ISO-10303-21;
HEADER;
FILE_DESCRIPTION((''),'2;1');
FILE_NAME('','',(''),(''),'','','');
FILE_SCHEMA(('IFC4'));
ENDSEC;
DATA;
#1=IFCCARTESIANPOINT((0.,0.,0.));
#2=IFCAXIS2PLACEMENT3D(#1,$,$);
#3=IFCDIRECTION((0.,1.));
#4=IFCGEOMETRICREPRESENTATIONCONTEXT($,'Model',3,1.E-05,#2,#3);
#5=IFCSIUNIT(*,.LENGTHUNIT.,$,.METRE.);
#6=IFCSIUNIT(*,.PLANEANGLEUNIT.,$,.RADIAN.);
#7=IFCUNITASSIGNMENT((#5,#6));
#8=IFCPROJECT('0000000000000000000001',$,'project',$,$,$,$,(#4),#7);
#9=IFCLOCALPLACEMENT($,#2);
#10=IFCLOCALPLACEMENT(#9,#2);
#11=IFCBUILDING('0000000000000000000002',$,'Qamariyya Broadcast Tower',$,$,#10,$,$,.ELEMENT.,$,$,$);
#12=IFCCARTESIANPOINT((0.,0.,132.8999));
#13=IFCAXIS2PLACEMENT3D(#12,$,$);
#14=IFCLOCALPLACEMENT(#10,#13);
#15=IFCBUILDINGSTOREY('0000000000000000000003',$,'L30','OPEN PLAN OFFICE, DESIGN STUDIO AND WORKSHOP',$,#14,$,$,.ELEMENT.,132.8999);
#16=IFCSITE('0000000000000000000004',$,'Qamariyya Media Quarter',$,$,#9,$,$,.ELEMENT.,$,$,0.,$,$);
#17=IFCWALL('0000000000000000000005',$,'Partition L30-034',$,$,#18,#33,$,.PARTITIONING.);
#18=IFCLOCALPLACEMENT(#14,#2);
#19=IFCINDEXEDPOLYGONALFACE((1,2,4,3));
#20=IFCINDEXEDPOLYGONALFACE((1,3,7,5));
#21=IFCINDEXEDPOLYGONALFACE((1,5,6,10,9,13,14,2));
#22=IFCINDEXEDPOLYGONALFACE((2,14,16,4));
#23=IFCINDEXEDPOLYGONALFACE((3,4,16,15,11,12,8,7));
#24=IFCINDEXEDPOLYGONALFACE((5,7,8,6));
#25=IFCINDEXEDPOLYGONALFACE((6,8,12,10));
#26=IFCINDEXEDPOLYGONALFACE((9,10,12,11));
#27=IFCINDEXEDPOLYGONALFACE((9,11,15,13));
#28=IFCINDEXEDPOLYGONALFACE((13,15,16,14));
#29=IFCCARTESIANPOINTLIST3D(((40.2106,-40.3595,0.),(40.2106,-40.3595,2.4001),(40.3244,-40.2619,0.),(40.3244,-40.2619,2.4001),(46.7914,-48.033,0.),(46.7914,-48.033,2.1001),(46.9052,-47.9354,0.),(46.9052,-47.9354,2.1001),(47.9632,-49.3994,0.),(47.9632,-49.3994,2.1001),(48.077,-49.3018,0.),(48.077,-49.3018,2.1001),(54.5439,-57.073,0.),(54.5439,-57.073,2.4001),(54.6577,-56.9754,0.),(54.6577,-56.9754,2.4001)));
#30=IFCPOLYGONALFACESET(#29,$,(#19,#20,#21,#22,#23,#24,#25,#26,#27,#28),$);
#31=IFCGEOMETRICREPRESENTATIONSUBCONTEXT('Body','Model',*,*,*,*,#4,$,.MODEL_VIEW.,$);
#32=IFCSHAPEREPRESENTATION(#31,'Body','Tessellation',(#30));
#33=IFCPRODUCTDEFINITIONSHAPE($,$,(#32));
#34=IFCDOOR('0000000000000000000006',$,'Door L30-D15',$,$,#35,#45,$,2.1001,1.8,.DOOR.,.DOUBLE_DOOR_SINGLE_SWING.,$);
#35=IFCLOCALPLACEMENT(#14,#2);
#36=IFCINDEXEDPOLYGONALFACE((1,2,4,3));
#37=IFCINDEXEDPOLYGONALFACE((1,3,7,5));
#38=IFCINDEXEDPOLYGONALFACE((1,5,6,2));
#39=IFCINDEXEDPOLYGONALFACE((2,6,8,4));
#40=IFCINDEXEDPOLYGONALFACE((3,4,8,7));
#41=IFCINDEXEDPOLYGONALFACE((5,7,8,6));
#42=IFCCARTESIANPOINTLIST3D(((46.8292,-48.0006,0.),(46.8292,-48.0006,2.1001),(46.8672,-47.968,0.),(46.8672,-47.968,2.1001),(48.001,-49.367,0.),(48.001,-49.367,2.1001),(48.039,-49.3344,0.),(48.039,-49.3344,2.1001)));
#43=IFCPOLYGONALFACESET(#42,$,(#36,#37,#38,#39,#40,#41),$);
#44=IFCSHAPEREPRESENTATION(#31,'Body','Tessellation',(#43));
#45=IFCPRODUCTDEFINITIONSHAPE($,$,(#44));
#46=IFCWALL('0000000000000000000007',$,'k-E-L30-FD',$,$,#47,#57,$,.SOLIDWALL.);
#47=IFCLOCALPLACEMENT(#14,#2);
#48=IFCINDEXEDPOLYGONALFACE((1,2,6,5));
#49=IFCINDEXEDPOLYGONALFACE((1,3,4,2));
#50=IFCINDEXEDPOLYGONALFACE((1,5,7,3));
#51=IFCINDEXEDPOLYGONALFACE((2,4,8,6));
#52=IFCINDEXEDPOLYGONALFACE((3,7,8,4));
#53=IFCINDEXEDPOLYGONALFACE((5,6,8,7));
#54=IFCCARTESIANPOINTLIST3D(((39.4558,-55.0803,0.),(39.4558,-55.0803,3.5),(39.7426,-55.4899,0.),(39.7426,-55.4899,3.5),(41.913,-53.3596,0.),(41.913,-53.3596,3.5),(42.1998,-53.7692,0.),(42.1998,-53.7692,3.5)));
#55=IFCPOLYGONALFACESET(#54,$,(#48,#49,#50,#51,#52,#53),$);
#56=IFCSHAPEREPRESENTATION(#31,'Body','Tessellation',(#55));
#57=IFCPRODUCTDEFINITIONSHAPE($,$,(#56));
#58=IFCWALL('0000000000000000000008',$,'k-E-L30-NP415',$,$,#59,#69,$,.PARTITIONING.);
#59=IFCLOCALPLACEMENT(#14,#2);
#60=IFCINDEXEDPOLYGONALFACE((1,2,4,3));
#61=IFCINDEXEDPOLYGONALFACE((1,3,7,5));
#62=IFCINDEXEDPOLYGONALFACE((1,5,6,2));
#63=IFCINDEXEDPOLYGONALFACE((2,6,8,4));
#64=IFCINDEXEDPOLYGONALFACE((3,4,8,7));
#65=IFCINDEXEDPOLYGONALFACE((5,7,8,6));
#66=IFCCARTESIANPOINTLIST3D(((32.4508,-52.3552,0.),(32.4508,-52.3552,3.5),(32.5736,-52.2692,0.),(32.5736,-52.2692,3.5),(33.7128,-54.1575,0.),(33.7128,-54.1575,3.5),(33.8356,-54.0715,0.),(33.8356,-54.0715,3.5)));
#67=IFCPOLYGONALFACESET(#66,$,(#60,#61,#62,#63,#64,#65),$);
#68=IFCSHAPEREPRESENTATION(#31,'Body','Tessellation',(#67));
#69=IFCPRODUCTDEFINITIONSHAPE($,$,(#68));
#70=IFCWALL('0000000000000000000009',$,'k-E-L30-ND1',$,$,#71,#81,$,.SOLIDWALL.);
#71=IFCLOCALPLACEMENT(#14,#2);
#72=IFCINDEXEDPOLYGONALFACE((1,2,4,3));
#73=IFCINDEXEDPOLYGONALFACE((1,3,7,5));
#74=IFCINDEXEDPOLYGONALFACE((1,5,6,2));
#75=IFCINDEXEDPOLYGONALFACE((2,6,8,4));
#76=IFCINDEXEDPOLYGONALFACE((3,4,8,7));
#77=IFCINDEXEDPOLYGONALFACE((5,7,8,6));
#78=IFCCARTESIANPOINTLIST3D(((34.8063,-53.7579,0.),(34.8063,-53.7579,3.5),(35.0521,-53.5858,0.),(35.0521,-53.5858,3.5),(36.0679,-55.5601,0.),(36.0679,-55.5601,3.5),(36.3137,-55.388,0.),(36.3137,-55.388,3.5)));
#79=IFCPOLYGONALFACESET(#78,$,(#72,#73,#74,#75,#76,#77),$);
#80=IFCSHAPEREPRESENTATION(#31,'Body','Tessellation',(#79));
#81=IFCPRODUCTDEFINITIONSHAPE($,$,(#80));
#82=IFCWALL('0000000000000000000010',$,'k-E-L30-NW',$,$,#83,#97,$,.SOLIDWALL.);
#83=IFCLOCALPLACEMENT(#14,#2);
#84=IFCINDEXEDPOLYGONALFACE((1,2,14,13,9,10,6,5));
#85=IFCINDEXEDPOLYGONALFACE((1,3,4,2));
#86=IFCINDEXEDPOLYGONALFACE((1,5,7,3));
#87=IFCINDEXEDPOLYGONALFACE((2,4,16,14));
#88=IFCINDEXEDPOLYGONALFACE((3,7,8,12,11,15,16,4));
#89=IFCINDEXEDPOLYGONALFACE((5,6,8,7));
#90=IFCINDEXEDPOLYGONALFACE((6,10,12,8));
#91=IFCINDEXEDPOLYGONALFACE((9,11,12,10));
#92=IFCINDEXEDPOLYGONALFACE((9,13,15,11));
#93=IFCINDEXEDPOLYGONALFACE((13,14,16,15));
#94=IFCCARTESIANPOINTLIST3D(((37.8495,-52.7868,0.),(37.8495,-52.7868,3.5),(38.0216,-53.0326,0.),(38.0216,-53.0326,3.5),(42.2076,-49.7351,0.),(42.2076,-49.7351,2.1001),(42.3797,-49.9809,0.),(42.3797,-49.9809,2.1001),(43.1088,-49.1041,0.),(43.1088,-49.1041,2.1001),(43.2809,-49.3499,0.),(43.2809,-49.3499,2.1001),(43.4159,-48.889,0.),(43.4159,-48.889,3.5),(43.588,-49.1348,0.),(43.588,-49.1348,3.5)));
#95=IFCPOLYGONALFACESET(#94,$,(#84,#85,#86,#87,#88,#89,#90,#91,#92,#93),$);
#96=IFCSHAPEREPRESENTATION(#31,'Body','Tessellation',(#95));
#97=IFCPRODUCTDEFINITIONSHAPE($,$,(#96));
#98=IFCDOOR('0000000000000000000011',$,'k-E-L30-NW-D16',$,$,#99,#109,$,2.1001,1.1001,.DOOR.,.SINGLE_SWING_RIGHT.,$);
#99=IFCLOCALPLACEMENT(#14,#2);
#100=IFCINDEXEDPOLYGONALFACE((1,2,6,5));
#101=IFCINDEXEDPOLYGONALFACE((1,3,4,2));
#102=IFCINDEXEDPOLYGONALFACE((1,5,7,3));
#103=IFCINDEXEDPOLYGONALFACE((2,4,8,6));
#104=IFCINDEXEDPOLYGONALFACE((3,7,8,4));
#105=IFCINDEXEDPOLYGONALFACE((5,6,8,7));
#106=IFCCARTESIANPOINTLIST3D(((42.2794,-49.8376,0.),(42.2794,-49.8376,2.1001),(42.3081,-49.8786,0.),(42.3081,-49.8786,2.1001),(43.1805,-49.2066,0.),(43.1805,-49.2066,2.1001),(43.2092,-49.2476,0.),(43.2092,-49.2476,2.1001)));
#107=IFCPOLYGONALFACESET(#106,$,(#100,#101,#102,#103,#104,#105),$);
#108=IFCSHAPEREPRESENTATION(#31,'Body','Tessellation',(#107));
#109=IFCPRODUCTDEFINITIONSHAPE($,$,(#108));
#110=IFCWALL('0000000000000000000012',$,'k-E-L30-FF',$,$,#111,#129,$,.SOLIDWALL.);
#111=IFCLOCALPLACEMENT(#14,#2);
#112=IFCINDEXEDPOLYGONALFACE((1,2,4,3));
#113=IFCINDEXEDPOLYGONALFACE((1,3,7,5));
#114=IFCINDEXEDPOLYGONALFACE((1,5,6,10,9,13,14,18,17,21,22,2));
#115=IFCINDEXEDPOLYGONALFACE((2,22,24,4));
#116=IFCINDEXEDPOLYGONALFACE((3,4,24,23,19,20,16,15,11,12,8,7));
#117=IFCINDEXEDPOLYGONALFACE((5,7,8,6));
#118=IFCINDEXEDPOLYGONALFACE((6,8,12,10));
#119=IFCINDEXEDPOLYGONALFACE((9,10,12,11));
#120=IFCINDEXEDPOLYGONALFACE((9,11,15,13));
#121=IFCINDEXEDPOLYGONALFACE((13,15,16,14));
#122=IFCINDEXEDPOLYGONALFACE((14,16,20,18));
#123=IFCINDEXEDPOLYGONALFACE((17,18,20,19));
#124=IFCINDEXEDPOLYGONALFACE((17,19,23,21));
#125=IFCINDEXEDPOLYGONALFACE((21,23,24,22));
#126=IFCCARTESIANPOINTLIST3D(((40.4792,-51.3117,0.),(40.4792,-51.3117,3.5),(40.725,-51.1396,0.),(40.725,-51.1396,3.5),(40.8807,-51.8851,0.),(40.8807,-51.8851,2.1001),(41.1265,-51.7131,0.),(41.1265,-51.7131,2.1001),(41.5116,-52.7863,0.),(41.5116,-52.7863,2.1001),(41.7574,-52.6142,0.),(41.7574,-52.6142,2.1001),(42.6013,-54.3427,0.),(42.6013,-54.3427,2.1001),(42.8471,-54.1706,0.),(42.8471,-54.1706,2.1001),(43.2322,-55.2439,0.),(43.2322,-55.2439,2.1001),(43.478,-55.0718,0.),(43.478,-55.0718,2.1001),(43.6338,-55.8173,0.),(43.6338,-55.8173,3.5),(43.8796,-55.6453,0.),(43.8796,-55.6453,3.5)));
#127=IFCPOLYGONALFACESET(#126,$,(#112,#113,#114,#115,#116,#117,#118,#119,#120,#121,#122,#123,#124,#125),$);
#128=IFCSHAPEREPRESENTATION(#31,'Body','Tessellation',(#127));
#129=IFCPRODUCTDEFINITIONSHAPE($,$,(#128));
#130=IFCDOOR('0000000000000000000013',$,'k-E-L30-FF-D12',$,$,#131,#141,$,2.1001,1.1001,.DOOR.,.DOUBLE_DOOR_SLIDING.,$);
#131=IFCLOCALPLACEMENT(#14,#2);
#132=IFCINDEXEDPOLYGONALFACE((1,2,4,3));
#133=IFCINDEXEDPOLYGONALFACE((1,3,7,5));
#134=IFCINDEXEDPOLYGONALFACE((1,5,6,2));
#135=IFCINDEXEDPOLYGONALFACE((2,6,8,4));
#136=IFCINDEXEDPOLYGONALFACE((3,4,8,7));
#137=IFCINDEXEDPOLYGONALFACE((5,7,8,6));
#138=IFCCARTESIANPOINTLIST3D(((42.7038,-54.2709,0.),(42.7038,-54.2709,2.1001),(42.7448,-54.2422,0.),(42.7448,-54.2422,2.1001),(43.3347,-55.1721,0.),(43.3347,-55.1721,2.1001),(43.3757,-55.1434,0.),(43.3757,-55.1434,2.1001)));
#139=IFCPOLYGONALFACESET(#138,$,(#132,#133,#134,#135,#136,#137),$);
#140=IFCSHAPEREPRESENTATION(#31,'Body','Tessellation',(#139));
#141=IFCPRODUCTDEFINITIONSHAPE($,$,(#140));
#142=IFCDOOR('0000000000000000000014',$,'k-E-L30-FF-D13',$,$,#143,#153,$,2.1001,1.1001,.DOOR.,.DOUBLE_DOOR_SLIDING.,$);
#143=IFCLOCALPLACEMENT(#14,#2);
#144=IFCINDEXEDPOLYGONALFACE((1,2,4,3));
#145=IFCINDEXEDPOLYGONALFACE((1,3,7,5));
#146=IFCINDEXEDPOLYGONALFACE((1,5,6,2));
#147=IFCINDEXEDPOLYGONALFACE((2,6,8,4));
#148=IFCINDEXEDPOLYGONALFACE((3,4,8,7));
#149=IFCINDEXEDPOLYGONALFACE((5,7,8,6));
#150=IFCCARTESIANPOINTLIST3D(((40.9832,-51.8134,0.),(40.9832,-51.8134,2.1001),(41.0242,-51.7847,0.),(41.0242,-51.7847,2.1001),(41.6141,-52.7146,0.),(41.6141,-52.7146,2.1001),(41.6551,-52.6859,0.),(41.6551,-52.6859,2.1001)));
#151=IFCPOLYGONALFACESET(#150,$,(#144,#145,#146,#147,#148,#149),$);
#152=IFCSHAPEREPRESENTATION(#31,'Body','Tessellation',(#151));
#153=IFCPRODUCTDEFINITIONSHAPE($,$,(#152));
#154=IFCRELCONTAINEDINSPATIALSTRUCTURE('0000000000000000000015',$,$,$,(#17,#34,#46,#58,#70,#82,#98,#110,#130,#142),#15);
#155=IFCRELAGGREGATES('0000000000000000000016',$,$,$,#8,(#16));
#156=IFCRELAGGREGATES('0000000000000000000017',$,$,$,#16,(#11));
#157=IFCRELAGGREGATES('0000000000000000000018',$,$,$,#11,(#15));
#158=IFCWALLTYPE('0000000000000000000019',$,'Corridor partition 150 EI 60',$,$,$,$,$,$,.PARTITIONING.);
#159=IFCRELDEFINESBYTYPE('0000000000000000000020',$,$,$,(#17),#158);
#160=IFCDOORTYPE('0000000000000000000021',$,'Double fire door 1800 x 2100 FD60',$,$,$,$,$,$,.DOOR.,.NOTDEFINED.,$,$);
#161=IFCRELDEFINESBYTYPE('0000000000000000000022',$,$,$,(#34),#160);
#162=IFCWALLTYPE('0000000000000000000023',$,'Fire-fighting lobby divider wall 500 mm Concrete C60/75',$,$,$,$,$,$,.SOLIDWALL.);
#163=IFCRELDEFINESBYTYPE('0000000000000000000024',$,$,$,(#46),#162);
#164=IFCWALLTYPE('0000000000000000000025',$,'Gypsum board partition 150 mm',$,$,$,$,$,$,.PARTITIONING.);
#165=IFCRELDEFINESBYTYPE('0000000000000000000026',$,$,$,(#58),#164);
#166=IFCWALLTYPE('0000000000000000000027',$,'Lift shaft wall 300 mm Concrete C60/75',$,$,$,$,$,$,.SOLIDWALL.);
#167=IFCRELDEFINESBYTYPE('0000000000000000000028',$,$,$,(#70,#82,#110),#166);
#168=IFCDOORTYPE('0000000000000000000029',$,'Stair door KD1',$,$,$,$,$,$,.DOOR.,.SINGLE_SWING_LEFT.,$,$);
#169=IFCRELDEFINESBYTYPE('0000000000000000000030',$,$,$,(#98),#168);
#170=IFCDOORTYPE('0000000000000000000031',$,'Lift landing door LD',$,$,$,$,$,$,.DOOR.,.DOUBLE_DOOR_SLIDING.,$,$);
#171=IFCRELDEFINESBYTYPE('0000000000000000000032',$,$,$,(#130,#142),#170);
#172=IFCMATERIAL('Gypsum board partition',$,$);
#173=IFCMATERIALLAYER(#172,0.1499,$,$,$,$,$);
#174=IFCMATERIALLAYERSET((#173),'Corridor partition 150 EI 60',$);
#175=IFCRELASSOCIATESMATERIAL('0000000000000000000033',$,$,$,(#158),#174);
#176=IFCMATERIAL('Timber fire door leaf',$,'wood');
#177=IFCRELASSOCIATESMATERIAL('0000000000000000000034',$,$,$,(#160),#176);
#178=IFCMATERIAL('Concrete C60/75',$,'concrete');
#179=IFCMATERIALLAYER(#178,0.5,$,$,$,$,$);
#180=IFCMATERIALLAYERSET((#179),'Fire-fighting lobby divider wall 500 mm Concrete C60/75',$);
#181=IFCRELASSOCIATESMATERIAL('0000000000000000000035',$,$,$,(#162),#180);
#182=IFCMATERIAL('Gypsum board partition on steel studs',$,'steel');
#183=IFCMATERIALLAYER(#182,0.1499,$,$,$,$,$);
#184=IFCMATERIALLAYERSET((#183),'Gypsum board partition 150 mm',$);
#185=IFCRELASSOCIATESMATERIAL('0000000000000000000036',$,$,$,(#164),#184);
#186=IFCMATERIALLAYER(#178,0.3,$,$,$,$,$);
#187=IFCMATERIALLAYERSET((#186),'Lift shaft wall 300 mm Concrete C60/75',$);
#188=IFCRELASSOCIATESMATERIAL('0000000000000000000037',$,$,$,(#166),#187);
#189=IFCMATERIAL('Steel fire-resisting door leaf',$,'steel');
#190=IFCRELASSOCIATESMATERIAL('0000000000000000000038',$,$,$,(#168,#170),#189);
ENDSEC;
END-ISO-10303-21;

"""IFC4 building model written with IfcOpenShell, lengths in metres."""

from ifc_helpers import new_model, si_unit, direction, frame, frame_2d, origin, place, context, subcontext, project, spatial, rectangle, extrude, material, layer, layer_set, type_object, element, fill, save


model = new_model("IFC4")

# Units and contexts
model_context = context("Model", 3, precision=1e-05, world=origin(), true_north=direction((0.0, 1.0)))
body_context = subcontext(model_context, "Body", "Model", "MODEL_VIEW")
ifc_project = project(units=[si_unit("LENGTHUNIT", "METRE"), si_unit("PLANEANGLEUNIT", "RADIAN")], contexts=[model_context])

# Site, building, storey
site_placement = place(None, origin())
site = spatial("IfcSite", under=ifc_project, at=site_placement, Name="Qamariyya Media Quarter", CompositionType="ELEMENT", RefElevation=0.0)
building_placement = place(site_placement, origin())
building = spatial("IfcBuilding", under=site, at=building_placement, Name="Qamariyya Broadcast Tower", CompositionType="ELEMENT")
storey_placement = place(building_placement, frame((0.0, 0.0, 132.8999)))
storey = spatial("IfcBuildingStorey", under=building, at=storey_placement, Name="L30", Description="OPEN PLAN OFFICE, DESIGN STUDIO AND WORKSHOP", CompositionType="ELEMENT", Elevation=132.8999)

# Wall, opening, door
ifc_material_1 = material(Name="Gypsum board partition")
ifc_layer_1 = layer(ifc_material_1, 0.1499)
ifc_layer_set_1 = layer_set([ifc_layer_1], Name="Corridor partition 150 EI 60")
wall_type_1 = type_object("IfcWallType", Name="Corridor partition 150 EI 60", PredefinedType="PARTITIONING", material=ifc_layer_set_1)
wall_1_placement = place(storey_placement, frame((40.2676, -40.3108, 0.0), z_axis=(0.0, 0.0, 1.0), x_axis=(0.650988, -0.759088, 0.0)))
wall_1 = element("IfcWall", 1, at=wall_1_placement, inside=storey, type_object=wall_type_1, Name="Partition L30-034", PredefinedType="PARTITIONING", context=body_context, shape_type="SweptSolid", body=[
    extrude(rectangle(XDim=22.0178, YDim=0.1499, at=frame_2d((11.0088, 0.0))), origin(), (0.0, 0.0, 1.0), 2.4001),
])
opening_1_placement = place(wall_1_placement, frame((10.1089, 0.0, 0.0)))
opening_1 = element("IfcOpeningElement", 2, at=opening_1_placement, cuts=wall_1, PredefinedType="OPENING", context=body_context, shape_type="SweptSolid", body=[
    extrude(rectangle(XDim=1.8, YDim=2.1001, at=frame_2d((0.8999, 1.05))), frame((0.0, 0.085, 0.0), z_axis=(0.0, -1.0, 0.0), x_axis=(1.0, 0.0, 0.0)), (0.0, 0.0, 1.0), 0.1699),
])
ifc_material_2 = material(Name="Timber fire door leaf", Category="wood")
door_type_1 = type_object("IfcDoorType", Name="Double fire door 1800 x 2100 FD60", OperationType="NOTDEFINED", PredefinedType="DOOR", material=ifc_material_2)
door_1_placement = place(opening_1_placement, origin())
door_1 = element("IfcDoor", 3, at=door_1_placement, inside=storey, type_object=door_type_1, Name="Door L30-D15", OperationType="DOUBLE_DOOR_SINGLE_SWING", OverallHeight=2.1001, OverallWidth=1.8, PredefinedType="DOOR", context=body_context, shape_type="SweptSolid", body=[
    extrude(rectangle(XDim=1.8, YDim=2.1001, at=frame_2d((0.8999, 1.05))), frame((0.0, 0.0249, 0.0), z_axis=(0.0, -1.0, 0.0), x_axis=(1.0, 0.0, 0.0)), (0.0, 0.0, 1.0), 0.05),
])
fill(opening_1, door_1)

# Walls
ifc_material_3 = material(Name="Concrete C60/75", Category="concrete")
ifc_layer_2 = layer(ifc_material_3, 0.5)
ifc_layer_set_2 = layer_set([ifc_layer_2], Name="Fire-fighting lobby divider wall 500 mm Concrete C60/75")
wall_type_2 = type_object("IfcWallType", Name="Fire-fighting lobby divider wall 500 mm Concrete C60/75", PredefinedType="SOLIDWALL", material=ifc_layer_set_2)
wall_2_placement = place(storey_placement, frame((39.5991, -55.2852, 0.0), z_axis=(0.0, 0.0, 1.0), x_axis=(0.819136, 0.573599, 0.0)))
element("IfcWall", 4, at=wall_2_placement, inside=storey, type_object=wall_type_2, Name="k-E-L30-FD", PredefinedType="SOLIDWALL", context=body_context, shape_type="SweptSolid", body=[
    extrude(rectangle(XDim=2.9998, YDim=0.5, at=frame_2d((1.5, 0.0))), origin(), (0.0, 0.0, 1.0), 3.5),
])
ifc_material_4 = material(Name="Gypsum board partition on steel studs", Category="steel")
ifc_layer_3 = layer(ifc_material_4, 0.1499)
ifc_layer_set_3 = layer_set([ifc_layer_3], Name="Gypsum board partition 150 mm")
wall_type_3 = type_object("IfcWallType", Name="Gypsum board partition 150 mm", PredefinedType="PARTITIONING", material=ifc_layer_set_3)
wall_3_placement = place(storey_placement, frame((33.7742, -54.1145, 0.0), z_axis=(0.0, 0.0, 1.0), x_axis=(-0.573581, 0.819149, 0.0)))
element("IfcWall", 5, at=wall_3_placement, inside=storey, type_object=wall_type_3, Name="k-E-L30-NP415", PredefinedType="PARTITIONING", context=body_context, shape_type="SweptSolid", body=[
    extrude(rectangle(XDim=2.2002, YDim=0.1499, at=frame_2d((1.1001, 0.0))), origin(), (0.0, 0.0, 1.0), 3.5),
])
ifc_layer_4 = layer(ifc_material_3, 0.3)
ifc_layer_set_4 = layer_set([ifc_layer_4], Name="Lift shaft wall 300 mm Concrete C60/75")
wall_type_4 = type_object("IfcWallType", Name="Lift shaft wall 300 mm Concrete C60/75", PredefinedType="SOLIDWALL", material=ifc_layer_set_4)
wall_4_placement = place(storey_placement, frame((36.1909, -55.4741, 0.0), z_axis=(0.0, 0.0, 1.0), x_axis=(-0.573507, 0.819201, 0.0)))
element("IfcWall", 6, at=wall_4_placement, inside=storey, type_object=wall_type_4, Name="k-E-L30-ND1", PredefinedType="SOLIDWALL", context=body_context, shape_type="SweptSolid", body=[
    extrude(rectangle(XDim=2.2, YDim=0.3, at=frame_2d((1.1001, 0.0))), origin(), (0.0, 0.0, 1.0), 3.5),
])

# Wall, opening, door
wall_5_placement = place(storey_placement, frame((37.9355, -52.9097, 0.0), z_axis=(0.0, 0.0, 1.0), x_axis=(0.819148, 0.573583, 0.0)))
wall_5 = element("IfcWall", 7, at=wall_5_placement, inside=storey, type_object=wall_type_4, Name="k-E-L30-NW", PredefinedType="SOLIDWALL", context=body_context, shape_type="SweptSolid", body=[
    extrude(rectangle(XDim=6.7954, YDim=0.3, at=frame_2d((3.3977, 0.0))), origin(), (0.0, 0.0, 1.0), 3.5),
])
opening_2_placement = place(wall_5_placement, frame((5.3203, 0.0, 0.0)))
opening_2 = element("IfcOpeningElement", 8, at=opening_2_placement, cuts=wall_5, PredefinedType="OPENING", context=body_context, shape_type="SweptSolid", body=[
    extrude(rectangle(XDim=1.1001, YDim=2.1001, at=frame_2d((0.55, 1.05))), frame((0.0, 0.1599, 0.0), z_axis=(0.0, -1.0, 0.0), x_axis=(1.0, 0.0, 0.0)), (0.0, 0.0, 1.0), 0.3201),
])
ifc_material_5 = material(Name="Steel fire-resisting door leaf", Category="steel")
door_type_2 = type_object("IfcDoorType", Name="Stair door KD1", OperationType="SINGLE_SWING_LEFT", PredefinedType="DOOR", material=ifc_material_5)
door_2_placement = place(opening_2_placement, origin())
door_2 = element("IfcDoor", 9, at=door_2_placement, inside=storey, type_object=door_type_2, Name="k-E-L30-NW-D16", OperationType="SINGLE_SWING_RIGHT", OverallHeight=2.1001, OverallWidth=1.1001, PredefinedType="DOOR", context=body_context, shape_type="SweptSolid", body=[
    extrude(rectangle(XDim=1.1001, YDim=2.1001, at=frame_2d((0.55, 1.05))), frame((0.0, 0.0249, 0.0), z_axis=(0.0, -1.0, 0.0), x_axis=(1.0, 0.0, 0.0)), (0.0, 0.0, 1.0), 0.05),
])
fill(opening_2, door_2)

# Wall, openings, doors
wall_6_placement = place(storey_placement, frame((43.7566, -55.7312, 0.0), z_axis=(0.0, 0.0, 1.0), x_axis=(-0.573537, 0.81918, 0.0)))
wall_6 = element("IfcWall", 10, at=wall_6_placement, inside=storey, type_object=wall_type_4, Name="k-E-L30-FF", PredefinedType="SOLIDWALL", context=body_context, shape_type="SweptSolid", body=[
    extrude(rectangle(XDim=5.5002, YDim=0.3, at=frame_2d((2.75, 0.0))), origin(), (0.0, 0.0, 1.0), 3.5),
])
opening_3_placement = place(wall_6_placement, frame((0.7, 0.0, 0.0)))
opening_3 = element("IfcOpeningElement", 11, at=opening_3_placement, cuts=wall_6, PredefinedType="OPENING", context=body_context, shape_type="SweptSolid", body=[
    extrude(rectangle(XDim=1.1001, YDim=2.1001, at=frame_2d((0.55, 1.05))), frame((0.0, 0.1599, 0.0), z_axis=(0.0, -1.0, 0.0), x_axis=(1.0, 0.0, 0.0)), (0.0, 0.0, 1.0), 0.3201),
])
opening_4_placement = place(wall_6_placement, frame((3.7, 0.0, 0.0)))
opening_4 = element("IfcOpeningElement", 12, at=opening_4_placement, cuts=wall_6, PredefinedType="OPENING", context=body_context, shape_type="SweptSolid", body=[
    extrude(rectangle(XDim=1.1001, YDim=2.1001, at=frame_2d((0.55, 1.05))), frame((0.0, 0.1599, 0.0), z_axis=(0.0, -1.0, 0.0), x_axis=(1.0, 0.0, 0.0)), (0.0, 0.0, 1.0), 0.3201),
])
door_type_3 = type_object("IfcDoorType", Name="Lift landing door LD", OperationType="DOUBLE_DOOR_SLIDING", PredefinedType="DOOR", material=ifc_material_5)
door_3_placement = place(opening_3_placement, origin())
door_3 = element("IfcDoor", 13, at=door_3_placement, inside=storey, type_object=door_type_3, Name="k-E-L30-FF-D12", OperationType="DOUBLE_DOOR_SLIDING", OverallHeight=2.1001, OverallWidth=1.1001, PredefinedType="DOOR", context=body_context, shape_type="SweptSolid", body=[
    extrude(rectangle(XDim=1.1001, YDim=2.1001, at=frame_2d((0.55, 1.05))), frame((0.0, 0.0249, 0.0), z_axis=(0.0, -1.0, 0.0), x_axis=(1.0, 0.0, 0.0)), (0.0, 0.0, 1.0), 0.05),
])
fill(opening_3, door_3)
door_4_placement = place(opening_4_placement, origin())
door_4 = element("IfcDoor", 14, at=door_4_placement, inside=storey, type_object=door_type_3, Name="k-E-L30-FF-D13", OperationType="DOUBLE_DOOR_SLIDING", OverallHeight=2.1001, OverallWidth=1.1001, PredefinedType="DOOR", context=body_context, shape_type="SweptSolid", body=[
    extrude(rectangle(XDim=1.1001, YDim=2.1001, at=frame_2d((0.55, 1.05))), frame((0.0, 0.0249, 0.0), z_axis=(0.0, -1.0, 0.0), x_axis=(1.0, 0.0, 0.0)), (0.0, 0.0, 1.0), 0.05),
])
fill(opening_4, door_4)

save(model, "model.ifc")
